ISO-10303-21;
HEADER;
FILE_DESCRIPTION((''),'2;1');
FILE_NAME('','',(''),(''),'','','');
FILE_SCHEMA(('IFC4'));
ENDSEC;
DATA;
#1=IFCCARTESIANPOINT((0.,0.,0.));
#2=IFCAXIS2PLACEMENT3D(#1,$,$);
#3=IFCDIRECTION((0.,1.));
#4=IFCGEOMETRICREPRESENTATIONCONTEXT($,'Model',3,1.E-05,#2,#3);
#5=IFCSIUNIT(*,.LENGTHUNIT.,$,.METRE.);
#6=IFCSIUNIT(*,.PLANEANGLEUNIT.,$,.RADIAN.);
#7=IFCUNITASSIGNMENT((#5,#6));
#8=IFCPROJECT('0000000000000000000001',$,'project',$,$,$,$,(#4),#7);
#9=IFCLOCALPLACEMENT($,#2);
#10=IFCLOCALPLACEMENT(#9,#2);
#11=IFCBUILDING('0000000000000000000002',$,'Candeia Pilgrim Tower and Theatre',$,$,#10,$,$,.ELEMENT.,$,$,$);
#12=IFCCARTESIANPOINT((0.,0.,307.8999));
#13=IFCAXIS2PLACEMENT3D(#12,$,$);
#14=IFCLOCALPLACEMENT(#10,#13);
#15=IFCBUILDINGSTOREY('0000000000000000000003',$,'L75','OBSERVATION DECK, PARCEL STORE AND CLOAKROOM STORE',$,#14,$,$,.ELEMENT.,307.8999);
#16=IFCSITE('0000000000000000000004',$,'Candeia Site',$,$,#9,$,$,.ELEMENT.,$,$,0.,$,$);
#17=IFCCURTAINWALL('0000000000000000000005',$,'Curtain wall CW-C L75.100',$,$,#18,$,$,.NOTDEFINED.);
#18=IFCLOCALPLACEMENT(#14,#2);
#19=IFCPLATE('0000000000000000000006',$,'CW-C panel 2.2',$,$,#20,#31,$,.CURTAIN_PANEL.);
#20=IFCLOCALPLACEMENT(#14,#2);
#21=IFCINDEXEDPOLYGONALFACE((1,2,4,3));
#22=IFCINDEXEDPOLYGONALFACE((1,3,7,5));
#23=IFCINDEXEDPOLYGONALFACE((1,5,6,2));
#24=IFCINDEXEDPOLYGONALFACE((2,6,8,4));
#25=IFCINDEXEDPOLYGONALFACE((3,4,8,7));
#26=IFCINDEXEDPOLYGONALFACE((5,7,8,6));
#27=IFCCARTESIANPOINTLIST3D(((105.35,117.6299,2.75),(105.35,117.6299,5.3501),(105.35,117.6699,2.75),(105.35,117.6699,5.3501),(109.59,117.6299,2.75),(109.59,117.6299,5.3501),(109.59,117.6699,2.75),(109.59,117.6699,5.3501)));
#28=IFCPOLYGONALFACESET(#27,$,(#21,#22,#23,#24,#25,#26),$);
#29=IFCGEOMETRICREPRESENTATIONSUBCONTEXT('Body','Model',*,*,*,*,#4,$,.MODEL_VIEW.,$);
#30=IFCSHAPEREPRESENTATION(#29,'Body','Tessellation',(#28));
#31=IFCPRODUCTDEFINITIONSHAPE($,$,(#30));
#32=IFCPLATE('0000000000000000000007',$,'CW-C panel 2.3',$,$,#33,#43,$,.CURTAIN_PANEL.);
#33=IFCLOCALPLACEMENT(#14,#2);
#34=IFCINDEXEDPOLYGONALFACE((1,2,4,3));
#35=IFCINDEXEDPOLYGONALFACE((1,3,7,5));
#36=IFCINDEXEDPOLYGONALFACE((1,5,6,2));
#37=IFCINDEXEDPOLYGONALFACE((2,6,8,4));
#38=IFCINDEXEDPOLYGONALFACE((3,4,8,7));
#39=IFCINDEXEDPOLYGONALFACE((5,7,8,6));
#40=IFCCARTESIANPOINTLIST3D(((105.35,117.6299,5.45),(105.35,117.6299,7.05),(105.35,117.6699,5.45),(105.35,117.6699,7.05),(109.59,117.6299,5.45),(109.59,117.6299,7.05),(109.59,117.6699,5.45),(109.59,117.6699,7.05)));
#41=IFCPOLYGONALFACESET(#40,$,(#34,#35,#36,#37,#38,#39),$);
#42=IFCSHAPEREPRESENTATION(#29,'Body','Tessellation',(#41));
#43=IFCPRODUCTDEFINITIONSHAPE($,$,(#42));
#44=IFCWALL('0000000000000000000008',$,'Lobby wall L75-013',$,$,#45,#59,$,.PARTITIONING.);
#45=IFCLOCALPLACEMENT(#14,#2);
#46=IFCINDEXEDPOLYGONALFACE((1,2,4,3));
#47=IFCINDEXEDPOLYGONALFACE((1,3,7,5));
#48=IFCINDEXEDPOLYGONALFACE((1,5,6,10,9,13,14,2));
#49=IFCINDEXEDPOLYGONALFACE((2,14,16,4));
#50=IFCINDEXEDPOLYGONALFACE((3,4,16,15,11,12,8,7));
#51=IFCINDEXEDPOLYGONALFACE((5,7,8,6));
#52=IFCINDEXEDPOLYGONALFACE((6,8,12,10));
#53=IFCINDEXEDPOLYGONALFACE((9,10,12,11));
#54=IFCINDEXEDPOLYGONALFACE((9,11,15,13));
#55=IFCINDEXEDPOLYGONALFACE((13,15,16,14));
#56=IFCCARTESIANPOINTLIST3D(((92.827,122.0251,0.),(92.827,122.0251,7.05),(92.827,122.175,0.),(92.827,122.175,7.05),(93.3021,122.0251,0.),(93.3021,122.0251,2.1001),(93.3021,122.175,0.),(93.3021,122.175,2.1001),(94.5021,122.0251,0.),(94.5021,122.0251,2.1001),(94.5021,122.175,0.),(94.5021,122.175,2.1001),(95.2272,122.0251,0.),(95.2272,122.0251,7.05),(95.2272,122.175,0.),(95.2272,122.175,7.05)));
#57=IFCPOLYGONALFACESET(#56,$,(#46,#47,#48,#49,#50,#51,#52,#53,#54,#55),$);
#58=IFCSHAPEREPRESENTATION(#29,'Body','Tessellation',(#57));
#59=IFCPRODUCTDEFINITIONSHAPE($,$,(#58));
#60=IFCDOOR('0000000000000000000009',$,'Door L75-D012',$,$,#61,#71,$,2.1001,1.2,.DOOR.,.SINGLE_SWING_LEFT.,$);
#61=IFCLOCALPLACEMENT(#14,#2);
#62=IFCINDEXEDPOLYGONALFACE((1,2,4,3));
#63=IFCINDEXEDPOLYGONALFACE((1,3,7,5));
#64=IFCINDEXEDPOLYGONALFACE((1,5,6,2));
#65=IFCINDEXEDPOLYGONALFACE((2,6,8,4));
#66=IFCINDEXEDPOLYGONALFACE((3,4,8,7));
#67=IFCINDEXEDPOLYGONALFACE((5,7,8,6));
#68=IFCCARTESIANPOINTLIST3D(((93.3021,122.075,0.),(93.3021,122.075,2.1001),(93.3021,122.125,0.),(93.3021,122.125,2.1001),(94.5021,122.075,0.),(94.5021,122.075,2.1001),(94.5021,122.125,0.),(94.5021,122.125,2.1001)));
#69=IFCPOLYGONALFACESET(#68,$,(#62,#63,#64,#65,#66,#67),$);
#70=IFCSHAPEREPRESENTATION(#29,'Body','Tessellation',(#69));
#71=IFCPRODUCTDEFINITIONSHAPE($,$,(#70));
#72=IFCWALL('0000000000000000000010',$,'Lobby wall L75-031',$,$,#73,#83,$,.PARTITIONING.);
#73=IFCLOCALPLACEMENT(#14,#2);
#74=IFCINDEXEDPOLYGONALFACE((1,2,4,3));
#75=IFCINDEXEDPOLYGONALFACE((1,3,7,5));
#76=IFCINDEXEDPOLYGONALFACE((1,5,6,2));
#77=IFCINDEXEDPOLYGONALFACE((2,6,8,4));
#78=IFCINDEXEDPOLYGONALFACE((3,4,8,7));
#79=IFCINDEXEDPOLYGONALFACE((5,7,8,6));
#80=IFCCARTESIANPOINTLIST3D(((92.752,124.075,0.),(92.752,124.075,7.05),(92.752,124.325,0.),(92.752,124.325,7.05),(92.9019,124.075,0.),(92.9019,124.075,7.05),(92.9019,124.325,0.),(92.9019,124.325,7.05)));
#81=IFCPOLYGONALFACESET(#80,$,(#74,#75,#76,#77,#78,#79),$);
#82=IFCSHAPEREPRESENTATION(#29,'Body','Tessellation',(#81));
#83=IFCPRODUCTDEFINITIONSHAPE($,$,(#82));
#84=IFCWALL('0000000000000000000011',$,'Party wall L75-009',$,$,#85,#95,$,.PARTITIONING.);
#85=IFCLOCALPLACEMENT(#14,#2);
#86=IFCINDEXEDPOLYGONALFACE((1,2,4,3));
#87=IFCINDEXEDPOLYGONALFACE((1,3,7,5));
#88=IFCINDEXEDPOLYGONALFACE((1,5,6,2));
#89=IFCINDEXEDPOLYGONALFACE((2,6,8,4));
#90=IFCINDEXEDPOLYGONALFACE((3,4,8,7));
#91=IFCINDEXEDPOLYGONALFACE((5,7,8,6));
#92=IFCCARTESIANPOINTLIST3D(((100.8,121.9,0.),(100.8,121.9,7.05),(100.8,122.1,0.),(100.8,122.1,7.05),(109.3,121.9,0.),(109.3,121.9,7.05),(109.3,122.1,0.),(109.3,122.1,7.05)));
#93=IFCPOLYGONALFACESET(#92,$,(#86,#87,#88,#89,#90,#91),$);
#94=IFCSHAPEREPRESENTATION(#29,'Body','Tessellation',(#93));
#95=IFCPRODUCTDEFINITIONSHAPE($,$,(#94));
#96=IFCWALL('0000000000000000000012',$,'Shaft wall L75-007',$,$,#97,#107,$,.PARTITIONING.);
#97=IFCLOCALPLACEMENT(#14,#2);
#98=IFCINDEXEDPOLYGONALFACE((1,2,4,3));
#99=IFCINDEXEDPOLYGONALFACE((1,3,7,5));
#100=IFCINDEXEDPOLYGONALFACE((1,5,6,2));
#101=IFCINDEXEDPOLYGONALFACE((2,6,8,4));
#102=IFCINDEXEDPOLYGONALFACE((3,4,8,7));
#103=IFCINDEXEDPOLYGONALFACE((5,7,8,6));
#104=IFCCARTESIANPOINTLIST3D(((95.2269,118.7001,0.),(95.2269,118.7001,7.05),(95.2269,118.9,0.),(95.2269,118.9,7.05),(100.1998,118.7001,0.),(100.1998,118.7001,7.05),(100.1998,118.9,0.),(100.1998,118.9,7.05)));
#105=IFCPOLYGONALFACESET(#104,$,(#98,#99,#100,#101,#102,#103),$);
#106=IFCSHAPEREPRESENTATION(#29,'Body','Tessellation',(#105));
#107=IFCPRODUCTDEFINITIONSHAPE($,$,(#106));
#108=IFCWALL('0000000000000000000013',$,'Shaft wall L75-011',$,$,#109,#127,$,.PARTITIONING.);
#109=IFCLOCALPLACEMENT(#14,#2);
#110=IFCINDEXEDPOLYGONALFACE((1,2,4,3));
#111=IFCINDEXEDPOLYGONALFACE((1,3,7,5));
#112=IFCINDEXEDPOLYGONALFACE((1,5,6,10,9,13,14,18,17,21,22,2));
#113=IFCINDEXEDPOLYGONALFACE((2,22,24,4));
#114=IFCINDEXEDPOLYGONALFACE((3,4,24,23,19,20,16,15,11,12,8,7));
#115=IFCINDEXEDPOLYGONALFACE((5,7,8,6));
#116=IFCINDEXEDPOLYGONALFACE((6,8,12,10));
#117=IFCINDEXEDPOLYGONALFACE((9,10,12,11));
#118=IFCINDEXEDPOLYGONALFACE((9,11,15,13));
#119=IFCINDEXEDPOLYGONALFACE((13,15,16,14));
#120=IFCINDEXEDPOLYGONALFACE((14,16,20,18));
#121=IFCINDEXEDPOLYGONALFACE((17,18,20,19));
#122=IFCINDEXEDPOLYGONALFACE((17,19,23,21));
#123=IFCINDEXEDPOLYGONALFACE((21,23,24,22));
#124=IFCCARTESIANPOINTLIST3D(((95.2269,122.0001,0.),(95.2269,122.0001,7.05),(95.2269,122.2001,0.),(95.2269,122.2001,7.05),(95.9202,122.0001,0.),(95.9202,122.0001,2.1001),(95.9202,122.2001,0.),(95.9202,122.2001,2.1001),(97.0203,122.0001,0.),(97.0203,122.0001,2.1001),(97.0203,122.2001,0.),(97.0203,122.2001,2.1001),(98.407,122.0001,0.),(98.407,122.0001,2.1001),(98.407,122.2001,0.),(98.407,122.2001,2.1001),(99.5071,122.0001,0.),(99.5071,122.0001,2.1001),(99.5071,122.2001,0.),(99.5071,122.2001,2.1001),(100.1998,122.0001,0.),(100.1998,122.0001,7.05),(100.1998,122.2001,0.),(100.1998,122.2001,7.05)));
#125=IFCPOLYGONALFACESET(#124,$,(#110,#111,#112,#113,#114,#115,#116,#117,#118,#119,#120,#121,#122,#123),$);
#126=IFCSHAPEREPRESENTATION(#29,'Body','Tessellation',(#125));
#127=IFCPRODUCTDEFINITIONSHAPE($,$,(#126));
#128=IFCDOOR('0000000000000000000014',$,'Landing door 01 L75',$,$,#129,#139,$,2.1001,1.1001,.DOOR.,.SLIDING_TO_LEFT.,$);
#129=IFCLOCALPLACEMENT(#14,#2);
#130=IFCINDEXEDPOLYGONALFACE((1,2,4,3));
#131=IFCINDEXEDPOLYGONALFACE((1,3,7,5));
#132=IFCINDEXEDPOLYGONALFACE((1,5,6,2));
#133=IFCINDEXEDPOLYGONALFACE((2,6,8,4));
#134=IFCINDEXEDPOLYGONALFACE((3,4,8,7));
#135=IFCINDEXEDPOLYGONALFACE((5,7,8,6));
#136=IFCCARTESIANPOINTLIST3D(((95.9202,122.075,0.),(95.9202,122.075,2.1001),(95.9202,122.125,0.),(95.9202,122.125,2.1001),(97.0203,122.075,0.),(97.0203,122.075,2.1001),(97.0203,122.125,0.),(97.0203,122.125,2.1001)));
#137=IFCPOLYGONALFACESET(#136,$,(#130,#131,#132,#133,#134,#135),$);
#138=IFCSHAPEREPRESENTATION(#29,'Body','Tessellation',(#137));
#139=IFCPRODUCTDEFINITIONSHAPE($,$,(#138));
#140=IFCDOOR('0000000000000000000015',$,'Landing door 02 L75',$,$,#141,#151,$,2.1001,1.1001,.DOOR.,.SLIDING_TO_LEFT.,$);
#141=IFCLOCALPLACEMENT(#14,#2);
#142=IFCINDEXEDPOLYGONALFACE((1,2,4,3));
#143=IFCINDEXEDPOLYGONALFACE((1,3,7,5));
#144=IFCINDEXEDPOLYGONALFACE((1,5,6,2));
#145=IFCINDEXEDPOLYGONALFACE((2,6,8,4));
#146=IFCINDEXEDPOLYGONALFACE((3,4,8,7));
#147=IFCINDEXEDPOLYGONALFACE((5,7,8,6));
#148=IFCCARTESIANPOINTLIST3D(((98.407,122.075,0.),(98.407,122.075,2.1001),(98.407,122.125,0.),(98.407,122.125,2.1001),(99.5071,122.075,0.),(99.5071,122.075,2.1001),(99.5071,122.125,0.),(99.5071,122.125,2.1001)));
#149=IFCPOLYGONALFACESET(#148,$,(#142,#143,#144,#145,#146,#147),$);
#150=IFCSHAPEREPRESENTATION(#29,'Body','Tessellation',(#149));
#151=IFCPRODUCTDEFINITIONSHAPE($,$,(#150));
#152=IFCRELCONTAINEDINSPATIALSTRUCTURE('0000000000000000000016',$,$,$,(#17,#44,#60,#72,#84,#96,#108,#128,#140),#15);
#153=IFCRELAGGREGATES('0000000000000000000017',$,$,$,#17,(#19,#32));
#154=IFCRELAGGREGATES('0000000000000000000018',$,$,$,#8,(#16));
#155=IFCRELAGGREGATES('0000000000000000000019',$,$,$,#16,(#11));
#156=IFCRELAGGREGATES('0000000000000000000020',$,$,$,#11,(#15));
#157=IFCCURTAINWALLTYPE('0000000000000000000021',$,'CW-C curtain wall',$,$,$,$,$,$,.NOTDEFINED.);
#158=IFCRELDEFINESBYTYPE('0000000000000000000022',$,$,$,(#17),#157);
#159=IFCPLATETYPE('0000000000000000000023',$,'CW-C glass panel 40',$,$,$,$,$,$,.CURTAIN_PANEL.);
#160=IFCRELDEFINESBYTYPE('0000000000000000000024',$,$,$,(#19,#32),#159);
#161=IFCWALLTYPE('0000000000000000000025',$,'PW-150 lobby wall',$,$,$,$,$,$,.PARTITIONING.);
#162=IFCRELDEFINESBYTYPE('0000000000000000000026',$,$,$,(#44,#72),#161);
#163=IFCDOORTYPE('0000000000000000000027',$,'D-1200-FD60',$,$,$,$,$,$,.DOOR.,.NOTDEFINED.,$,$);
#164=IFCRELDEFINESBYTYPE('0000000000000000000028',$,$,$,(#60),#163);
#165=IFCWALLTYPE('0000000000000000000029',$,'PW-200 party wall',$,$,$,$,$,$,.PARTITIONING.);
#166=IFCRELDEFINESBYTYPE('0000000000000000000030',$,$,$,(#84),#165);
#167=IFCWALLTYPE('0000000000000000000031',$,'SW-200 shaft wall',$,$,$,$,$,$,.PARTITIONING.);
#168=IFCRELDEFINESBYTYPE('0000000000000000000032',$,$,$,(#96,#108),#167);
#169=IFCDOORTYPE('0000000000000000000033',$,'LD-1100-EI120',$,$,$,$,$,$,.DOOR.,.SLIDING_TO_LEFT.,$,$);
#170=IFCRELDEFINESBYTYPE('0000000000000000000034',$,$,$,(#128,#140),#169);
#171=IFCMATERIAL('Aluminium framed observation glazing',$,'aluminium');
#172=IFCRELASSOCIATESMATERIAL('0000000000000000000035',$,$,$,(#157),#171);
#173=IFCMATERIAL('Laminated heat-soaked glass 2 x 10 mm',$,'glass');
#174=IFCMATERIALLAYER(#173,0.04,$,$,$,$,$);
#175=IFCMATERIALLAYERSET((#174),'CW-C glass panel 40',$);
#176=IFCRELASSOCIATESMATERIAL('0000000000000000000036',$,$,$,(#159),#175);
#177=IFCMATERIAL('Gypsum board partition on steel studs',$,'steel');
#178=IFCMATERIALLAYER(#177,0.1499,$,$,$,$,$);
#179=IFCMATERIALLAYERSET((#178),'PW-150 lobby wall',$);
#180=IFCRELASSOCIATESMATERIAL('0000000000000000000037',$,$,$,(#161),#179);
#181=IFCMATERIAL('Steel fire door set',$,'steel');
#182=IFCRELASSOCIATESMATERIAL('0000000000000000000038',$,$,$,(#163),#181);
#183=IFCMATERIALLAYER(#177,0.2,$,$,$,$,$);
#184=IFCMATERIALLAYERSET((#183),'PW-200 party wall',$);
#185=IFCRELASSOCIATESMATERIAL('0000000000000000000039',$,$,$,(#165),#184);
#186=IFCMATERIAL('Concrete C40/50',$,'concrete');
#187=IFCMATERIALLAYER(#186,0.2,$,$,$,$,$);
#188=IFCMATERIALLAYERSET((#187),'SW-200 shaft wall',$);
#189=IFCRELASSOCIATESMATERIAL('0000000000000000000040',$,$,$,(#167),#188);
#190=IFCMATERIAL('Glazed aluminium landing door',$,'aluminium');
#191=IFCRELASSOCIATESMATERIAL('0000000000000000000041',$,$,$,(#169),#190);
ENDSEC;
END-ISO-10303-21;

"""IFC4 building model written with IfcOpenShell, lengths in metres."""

from ifc_helpers import new_model, si_unit, direction, frame, frame_2d, origin, origin_2d, place, context, subcontext, project, spatial, rectangle, extrude, material, layer, layer_set, type_object, element, fill, aggregate, save


model = new_model("IFC4")

# Units and contexts
model_context = context("Model", 3, precision=1e-05, world=origin(), true_north=direction((0.0, 1.0)))
body_context = subcontext(model_context, "Body", "Model", "MODEL_VIEW")
ifc_project = project(units=[si_unit("LENGTHUNIT", "METRE"), si_unit("PLANEANGLEUNIT", "RADIAN")], contexts=[model_context])

# Site, building, storey
site_placement = place(None, origin())
site = spatial("IfcSite", under=ifc_project, at=site_placement, Name="Candeia Site", CompositionType="ELEMENT", RefElevation=0.0)
building_placement = place(site_placement, origin())
building = spatial("IfcBuilding", under=site, at=building_placement, Name="Candeia Pilgrim Tower and Theatre", CompositionType="ELEMENT")
storey_placement = place(building_placement, frame((0.0, 0.0, 307.8999)))
storey = spatial("IfcBuildingStorey", under=building, at=storey_placement, Name="L75", Description="OBSERVATION DECK, PARCEL STORE AND CLOAKROOM STORE", CompositionType="ELEMENT", Elevation=307.8999)

# Curtain wall, plates
ifc_material_1 = material(Name="Aluminium framed observation glazing", Category="aluminium")
curtain_wall_type = type_object("IfcCurtainWallType", Name="CW-C curtain wall", PredefinedType="NOTDEFINED", material=ifc_material_1)
curtain_wall_placement = place(storey_placement, origin())
curtain_wall = element("IfcCurtainWall", 1, at=curtain_wall_placement, inside=storey, type_object=curtain_wall_type, Name="Curtain wall CW-C L75.100", PredefinedType="NOTDEFINED")
ifc_material_2 = material(Name="Laminated heat-soaked glass 2 x 10 mm", Category="glass")
ifc_layer_1 = layer(ifc_material_2, 0.04)
ifc_layer_set_1 = layer_set([ifc_layer_1], Name="CW-C glass panel 40")
plate_type = type_object("IfcPlateType", Name="CW-C glass panel 40", PredefinedType="CURTAIN_PANEL", material=ifc_layer_set_1)
plate_1_placement = place(storey_placement, frame((107.47, 117.6499, 2.75), z_axis=(0.0, 0.0, 1.0), x_axis=(1.0, 0.0, 0.0)))
plate_1 = element("IfcPlate", 2, at=plate_1_placement, type_object=plate_type, Name="CW-C panel 2.2", PredefinedType="CURTAIN_PANEL", context=body_context, shape_type="SweptSolid", body=[
    extrude(rectangle(XDim=4.24, YDim=0.04, at=origin_2d()), origin(), (0.0, 0.0, 1.0), 2.6001),
])
plate_2_placement = place(storey_placement, frame((107.47, 117.6499, 5.45), z_axis=(0.0, 0.0, 1.0), x_axis=(1.0, 0.0, 0.0)))
plate_2 = element("IfcPlate", 3, at=plate_2_placement, type_object=plate_type, Name="CW-C panel 2.3", PredefinedType="CURTAIN_PANEL", context=body_context, shape_type="SweptSolid", body=[
    extrude(rectangle(XDim=4.24, YDim=0.04, at=origin_2d()), origin(), (0.0, 0.0, 1.0), 1.6001),
])
aggregate(curtain_wall, [plate_1, plate_2])

# Wall, opening, door
ifc_material_3 = material(Name="Gypsum board partition on steel studs", Category="steel")
ifc_layer_2 = layer(ifc_material_3, 0.1499)
ifc_layer_set_2 = layer_set([ifc_layer_2], Name="PW-150 lobby wall")
wall_type_1 = type_object("IfcWallType", Name="PW-150 lobby wall", PredefinedType="PARTITIONING", material=ifc_layer_set_2)
wall_1_placement = place(storey_placement, frame((92.8269, 122.1001, 0.0), z_axis=(0.0, 0.0, 1.0), x_axis=(1.0, 0.0, 0.0)))
wall_1 = element("IfcWall", 4, at=wall_1_placement, inside=storey, type_object=wall_type_1, Name="Lobby wall L75-013", PredefinedType="PARTITIONING", context=body_context, shape_type="SweptSolid", body=[
    extrude(rectangle(XDim=2.4001, YDim=0.1499, at=frame_2d((1.2002, 0.0))), origin(), (0.0, 0.0, 1.0), 7.05),
])
opening_1_placement = place(wall_1_placement, frame((0.4751, 0.0, 0.0)))
opening_1 = element("IfcOpeningElement", 5, at=opening_1_placement, cuts=wall_1, PredefinedType="OPENING", context=body_context, shape_type="SweptSolid", body=[
    extrude(rectangle(XDim=1.2, YDim=2.1001, at=frame_2d((0.6001, 1.05))), frame((0.0, 0.085, 0.0), z_axis=(0.0, -1.0, 0.0), x_axis=(1.0, 0.0, 0.0)), (0.0, 0.0, 1.0), 0.1699),
])
ifc_material_4 = material(Name="Steel fire door set", Category="steel")
door_type_1 = type_object("IfcDoorType", Name="D-1200-FD60", OperationType="NOTDEFINED", PredefinedType="DOOR", material=ifc_material_4)
door_1_placement = place(opening_1_placement, origin())
door_1 = element("IfcDoor", 6, at=door_1_placement, inside=storey, type_object=door_type_1, Name="Door L75-D012", OperationType="SINGLE_SWING_LEFT", OverallHeight=2.1001, OverallWidth=1.2, PredefinedType="DOOR", context=body_context, shape_type="SweptSolid", body=[
    extrude(rectangle(XDim=1.2, YDim=2.1001, at=frame_2d((0.6001, 1.05))), frame((0.0, 0.0249, 0.0), z_axis=(0.0, -1.0, 0.0), x_axis=(1.0, 0.0, 0.0)), (0.0, 0.0, 1.0), 0.05),
])
fill(opening_1, door_1)

# Walls
wall_2_placement = place(storey_placement, frame((92.8269, 124.075, 0.0), z_axis=(0.0, 0.0, 1.0), x_axis=(0.0, 1.0, 0.0)))
element("IfcWall", 7, at=wall_2_placement, inside=storey, type_object=wall_type_1, Name="Lobby wall L75-031", PredefinedType="PARTITIONING", context=body_context, shape_type="SweptSolid", body=[
    extrude(rectangle(XDim=0.25, YDim=0.1499, at=frame_2d((0.125, 0.0))), origin(), (0.0, 0.0, 1.0), 7.05),
])
ifc_layer_3 = layer(ifc_material_3, 0.2)
ifc_layer_set_3 = layer_set([ifc_layer_3], Name="PW-200 party wall")
wall_type_2 = type_object("IfcWallType", Name="PW-200 party wall", PredefinedType="PARTITIONING", material=ifc_layer_set_3)
wall_3_placement = place(storey_placement, frame((100.8, 122.0, 0.0), z_axis=(0.0, 0.0, 1.0), x_axis=(1.0, 0.0, 0.0)))
element("IfcWall", 8, at=wall_3_placement, inside=storey, type_object=wall_type_2, Name="Party wall L75-009", PredefinedType="PARTITIONING", context=body_context, shape_type="SweptSolid", body=[
    extrude(rectangle(XDim=8.5, YDim=0.2, at=frame_2d((4.25, 0.0))), origin(), (0.0, 0.0, 1.0), 7.05),
])
ifc_material_5 = material(Name="Concrete C40/50", Category="concrete")
ifc_layer_4 = layer(ifc_material_5, 0.2)
ifc_layer_set_4 = layer_set([ifc_layer_4], Name="SW-200 shaft wall")
wall_type_3 = type_object("IfcWallType", Name="SW-200 shaft wall", PredefinedType="PARTITIONING", material=ifc_layer_set_4)
wall_4_placement = place(storey_placement, frame((95.2271, 118.8, 0.0), z_axis=(0.0, 0.0, 1.0), x_axis=(1.0, 0.0, 0.0)))
element("IfcWall", 9, at=wall_4_placement, inside=storey, type_object=wall_type_3, Name="Shaft wall L75-007", PredefinedType="PARTITIONING", context=body_context, shape_type="SweptSolid", body=[
    extrude(rectangle(XDim=4.9729, YDim=0.2, at=frame_2d((2.4863, 0.0))), origin(), (0.0, 0.0, 1.0), 7.05),
])

# Wall, openings, doors
wall_5_placement = place(storey_placement, frame((95.2271, 122.1001, 0.0), z_axis=(0.0, 0.0, 1.0), x_axis=(1.0, 0.0, 0.0)))
wall_5 = element("IfcWall", 10, at=wall_5_placement, inside=storey, type_object=wall_type_3, Name="Shaft wall L75-011", PredefinedType="PARTITIONING", context=body_context, shape_type="SweptSolid", body=[
    extrude(rectangle(XDim=4.9729, YDim=0.2, at=frame_2d((2.4863, 0.0))), origin(), (0.0, 0.0, 1.0), 7.05),
])
opening_2_placement = place(wall_5_placement, frame((0.6931, 0.0, 0.0)))
opening_2 = element("IfcOpeningElement", 11, at=opening_2_placement, cuts=wall_5, PredefinedType="OPENING", context=body_context, shape_type="SweptSolid", body=[
    extrude(rectangle(XDim=1.1001, YDim=2.1001, at=frame_2d((0.55, 1.05))), frame((0.0, 0.1099, 0.0), z_axis=(0.0, -1.0, 0.0), x_axis=(1.0, 0.0, 0.0)), (0.0, 0.0, 1.0), 0.22),
])
opening_3_placement = place(wall_5_placement, frame((3.1799, 0.0, 0.0)))
opening_3 = element("IfcOpeningElement", 12, at=opening_3_placement, cuts=wall_5, PredefinedType="OPENING", context=body_context, shape_type="SweptSolid", body=[
    extrude(rectangle(XDim=1.1001, YDim=2.1001, at=frame_2d((0.55, 1.05))), frame((0.0, 0.1099, 0.0), z_axis=(0.0, -1.0, 0.0), x_axis=(1.0, 0.0, 0.0)), (0.0, 0.0, 1.0), 0.22),
])
ifc_material_6 = material(Name="Glazed aluminium landing door", Category="aluminium")
door_type_2 = type_object("IfcDoorType", Name="LD-1100-EI120", OperationType="SLIDING_TO_LEFT", PredefinedType="DOOR", material=ifc_material_6)
door_2_placement = place(opening_2_placement, origin())
door_2 = element("IfcDoor", 13, at=door_2_placement, inside=storey, type_object=door_type_2, Name="Landing door 01 L75", OperationType="SLIDING_TO_LEFT", OverallHeight=2.1001, OverallWidth=1.1001, PredefinedType="DOOR", context=body_context, shape_type="SweptSolid", body=[
    extrude(rectangle(XDim=1.1001, YDim=2.1001, at=frame_2d((0.55, 1.05))), frame((0.0, 0.0249, 0.0), z_axis=(0.0, -1.0, 0.0), x_axis=(1.0, 0.0, 0.0)), (0.0, 0.0, 1.0), 0.05),
])
fill(opening_2, door_2)
door_3_placement = place(opening_3_placement, origin())
door_3 = element("IfcDoor", 14, at=door_3_placement, inside=storey, type_object=door_type_2, Name="Landing door 02 L75", OperationType="SLIDING_TO_LEFT", OverallHeight=2.1001, OverallWidth=1.1001, PredefinedType="DOOR", context=body_context, shape_type="SweptSolid", body=[
    extrude(rectangle(XDim=1.1001, YDim=2.1001, at=frame_2d((0.55, 1.05))), frame((0.0, 0.0249, 0.0), z_axis=(0.0, -1.0, 0.0), x_axis=(1.0, 0.0, 0.0)), (0.0, 0.0, 1.0), 0.05),
])
fill(opening_3, door_3)

save(model, "model.ifc")
